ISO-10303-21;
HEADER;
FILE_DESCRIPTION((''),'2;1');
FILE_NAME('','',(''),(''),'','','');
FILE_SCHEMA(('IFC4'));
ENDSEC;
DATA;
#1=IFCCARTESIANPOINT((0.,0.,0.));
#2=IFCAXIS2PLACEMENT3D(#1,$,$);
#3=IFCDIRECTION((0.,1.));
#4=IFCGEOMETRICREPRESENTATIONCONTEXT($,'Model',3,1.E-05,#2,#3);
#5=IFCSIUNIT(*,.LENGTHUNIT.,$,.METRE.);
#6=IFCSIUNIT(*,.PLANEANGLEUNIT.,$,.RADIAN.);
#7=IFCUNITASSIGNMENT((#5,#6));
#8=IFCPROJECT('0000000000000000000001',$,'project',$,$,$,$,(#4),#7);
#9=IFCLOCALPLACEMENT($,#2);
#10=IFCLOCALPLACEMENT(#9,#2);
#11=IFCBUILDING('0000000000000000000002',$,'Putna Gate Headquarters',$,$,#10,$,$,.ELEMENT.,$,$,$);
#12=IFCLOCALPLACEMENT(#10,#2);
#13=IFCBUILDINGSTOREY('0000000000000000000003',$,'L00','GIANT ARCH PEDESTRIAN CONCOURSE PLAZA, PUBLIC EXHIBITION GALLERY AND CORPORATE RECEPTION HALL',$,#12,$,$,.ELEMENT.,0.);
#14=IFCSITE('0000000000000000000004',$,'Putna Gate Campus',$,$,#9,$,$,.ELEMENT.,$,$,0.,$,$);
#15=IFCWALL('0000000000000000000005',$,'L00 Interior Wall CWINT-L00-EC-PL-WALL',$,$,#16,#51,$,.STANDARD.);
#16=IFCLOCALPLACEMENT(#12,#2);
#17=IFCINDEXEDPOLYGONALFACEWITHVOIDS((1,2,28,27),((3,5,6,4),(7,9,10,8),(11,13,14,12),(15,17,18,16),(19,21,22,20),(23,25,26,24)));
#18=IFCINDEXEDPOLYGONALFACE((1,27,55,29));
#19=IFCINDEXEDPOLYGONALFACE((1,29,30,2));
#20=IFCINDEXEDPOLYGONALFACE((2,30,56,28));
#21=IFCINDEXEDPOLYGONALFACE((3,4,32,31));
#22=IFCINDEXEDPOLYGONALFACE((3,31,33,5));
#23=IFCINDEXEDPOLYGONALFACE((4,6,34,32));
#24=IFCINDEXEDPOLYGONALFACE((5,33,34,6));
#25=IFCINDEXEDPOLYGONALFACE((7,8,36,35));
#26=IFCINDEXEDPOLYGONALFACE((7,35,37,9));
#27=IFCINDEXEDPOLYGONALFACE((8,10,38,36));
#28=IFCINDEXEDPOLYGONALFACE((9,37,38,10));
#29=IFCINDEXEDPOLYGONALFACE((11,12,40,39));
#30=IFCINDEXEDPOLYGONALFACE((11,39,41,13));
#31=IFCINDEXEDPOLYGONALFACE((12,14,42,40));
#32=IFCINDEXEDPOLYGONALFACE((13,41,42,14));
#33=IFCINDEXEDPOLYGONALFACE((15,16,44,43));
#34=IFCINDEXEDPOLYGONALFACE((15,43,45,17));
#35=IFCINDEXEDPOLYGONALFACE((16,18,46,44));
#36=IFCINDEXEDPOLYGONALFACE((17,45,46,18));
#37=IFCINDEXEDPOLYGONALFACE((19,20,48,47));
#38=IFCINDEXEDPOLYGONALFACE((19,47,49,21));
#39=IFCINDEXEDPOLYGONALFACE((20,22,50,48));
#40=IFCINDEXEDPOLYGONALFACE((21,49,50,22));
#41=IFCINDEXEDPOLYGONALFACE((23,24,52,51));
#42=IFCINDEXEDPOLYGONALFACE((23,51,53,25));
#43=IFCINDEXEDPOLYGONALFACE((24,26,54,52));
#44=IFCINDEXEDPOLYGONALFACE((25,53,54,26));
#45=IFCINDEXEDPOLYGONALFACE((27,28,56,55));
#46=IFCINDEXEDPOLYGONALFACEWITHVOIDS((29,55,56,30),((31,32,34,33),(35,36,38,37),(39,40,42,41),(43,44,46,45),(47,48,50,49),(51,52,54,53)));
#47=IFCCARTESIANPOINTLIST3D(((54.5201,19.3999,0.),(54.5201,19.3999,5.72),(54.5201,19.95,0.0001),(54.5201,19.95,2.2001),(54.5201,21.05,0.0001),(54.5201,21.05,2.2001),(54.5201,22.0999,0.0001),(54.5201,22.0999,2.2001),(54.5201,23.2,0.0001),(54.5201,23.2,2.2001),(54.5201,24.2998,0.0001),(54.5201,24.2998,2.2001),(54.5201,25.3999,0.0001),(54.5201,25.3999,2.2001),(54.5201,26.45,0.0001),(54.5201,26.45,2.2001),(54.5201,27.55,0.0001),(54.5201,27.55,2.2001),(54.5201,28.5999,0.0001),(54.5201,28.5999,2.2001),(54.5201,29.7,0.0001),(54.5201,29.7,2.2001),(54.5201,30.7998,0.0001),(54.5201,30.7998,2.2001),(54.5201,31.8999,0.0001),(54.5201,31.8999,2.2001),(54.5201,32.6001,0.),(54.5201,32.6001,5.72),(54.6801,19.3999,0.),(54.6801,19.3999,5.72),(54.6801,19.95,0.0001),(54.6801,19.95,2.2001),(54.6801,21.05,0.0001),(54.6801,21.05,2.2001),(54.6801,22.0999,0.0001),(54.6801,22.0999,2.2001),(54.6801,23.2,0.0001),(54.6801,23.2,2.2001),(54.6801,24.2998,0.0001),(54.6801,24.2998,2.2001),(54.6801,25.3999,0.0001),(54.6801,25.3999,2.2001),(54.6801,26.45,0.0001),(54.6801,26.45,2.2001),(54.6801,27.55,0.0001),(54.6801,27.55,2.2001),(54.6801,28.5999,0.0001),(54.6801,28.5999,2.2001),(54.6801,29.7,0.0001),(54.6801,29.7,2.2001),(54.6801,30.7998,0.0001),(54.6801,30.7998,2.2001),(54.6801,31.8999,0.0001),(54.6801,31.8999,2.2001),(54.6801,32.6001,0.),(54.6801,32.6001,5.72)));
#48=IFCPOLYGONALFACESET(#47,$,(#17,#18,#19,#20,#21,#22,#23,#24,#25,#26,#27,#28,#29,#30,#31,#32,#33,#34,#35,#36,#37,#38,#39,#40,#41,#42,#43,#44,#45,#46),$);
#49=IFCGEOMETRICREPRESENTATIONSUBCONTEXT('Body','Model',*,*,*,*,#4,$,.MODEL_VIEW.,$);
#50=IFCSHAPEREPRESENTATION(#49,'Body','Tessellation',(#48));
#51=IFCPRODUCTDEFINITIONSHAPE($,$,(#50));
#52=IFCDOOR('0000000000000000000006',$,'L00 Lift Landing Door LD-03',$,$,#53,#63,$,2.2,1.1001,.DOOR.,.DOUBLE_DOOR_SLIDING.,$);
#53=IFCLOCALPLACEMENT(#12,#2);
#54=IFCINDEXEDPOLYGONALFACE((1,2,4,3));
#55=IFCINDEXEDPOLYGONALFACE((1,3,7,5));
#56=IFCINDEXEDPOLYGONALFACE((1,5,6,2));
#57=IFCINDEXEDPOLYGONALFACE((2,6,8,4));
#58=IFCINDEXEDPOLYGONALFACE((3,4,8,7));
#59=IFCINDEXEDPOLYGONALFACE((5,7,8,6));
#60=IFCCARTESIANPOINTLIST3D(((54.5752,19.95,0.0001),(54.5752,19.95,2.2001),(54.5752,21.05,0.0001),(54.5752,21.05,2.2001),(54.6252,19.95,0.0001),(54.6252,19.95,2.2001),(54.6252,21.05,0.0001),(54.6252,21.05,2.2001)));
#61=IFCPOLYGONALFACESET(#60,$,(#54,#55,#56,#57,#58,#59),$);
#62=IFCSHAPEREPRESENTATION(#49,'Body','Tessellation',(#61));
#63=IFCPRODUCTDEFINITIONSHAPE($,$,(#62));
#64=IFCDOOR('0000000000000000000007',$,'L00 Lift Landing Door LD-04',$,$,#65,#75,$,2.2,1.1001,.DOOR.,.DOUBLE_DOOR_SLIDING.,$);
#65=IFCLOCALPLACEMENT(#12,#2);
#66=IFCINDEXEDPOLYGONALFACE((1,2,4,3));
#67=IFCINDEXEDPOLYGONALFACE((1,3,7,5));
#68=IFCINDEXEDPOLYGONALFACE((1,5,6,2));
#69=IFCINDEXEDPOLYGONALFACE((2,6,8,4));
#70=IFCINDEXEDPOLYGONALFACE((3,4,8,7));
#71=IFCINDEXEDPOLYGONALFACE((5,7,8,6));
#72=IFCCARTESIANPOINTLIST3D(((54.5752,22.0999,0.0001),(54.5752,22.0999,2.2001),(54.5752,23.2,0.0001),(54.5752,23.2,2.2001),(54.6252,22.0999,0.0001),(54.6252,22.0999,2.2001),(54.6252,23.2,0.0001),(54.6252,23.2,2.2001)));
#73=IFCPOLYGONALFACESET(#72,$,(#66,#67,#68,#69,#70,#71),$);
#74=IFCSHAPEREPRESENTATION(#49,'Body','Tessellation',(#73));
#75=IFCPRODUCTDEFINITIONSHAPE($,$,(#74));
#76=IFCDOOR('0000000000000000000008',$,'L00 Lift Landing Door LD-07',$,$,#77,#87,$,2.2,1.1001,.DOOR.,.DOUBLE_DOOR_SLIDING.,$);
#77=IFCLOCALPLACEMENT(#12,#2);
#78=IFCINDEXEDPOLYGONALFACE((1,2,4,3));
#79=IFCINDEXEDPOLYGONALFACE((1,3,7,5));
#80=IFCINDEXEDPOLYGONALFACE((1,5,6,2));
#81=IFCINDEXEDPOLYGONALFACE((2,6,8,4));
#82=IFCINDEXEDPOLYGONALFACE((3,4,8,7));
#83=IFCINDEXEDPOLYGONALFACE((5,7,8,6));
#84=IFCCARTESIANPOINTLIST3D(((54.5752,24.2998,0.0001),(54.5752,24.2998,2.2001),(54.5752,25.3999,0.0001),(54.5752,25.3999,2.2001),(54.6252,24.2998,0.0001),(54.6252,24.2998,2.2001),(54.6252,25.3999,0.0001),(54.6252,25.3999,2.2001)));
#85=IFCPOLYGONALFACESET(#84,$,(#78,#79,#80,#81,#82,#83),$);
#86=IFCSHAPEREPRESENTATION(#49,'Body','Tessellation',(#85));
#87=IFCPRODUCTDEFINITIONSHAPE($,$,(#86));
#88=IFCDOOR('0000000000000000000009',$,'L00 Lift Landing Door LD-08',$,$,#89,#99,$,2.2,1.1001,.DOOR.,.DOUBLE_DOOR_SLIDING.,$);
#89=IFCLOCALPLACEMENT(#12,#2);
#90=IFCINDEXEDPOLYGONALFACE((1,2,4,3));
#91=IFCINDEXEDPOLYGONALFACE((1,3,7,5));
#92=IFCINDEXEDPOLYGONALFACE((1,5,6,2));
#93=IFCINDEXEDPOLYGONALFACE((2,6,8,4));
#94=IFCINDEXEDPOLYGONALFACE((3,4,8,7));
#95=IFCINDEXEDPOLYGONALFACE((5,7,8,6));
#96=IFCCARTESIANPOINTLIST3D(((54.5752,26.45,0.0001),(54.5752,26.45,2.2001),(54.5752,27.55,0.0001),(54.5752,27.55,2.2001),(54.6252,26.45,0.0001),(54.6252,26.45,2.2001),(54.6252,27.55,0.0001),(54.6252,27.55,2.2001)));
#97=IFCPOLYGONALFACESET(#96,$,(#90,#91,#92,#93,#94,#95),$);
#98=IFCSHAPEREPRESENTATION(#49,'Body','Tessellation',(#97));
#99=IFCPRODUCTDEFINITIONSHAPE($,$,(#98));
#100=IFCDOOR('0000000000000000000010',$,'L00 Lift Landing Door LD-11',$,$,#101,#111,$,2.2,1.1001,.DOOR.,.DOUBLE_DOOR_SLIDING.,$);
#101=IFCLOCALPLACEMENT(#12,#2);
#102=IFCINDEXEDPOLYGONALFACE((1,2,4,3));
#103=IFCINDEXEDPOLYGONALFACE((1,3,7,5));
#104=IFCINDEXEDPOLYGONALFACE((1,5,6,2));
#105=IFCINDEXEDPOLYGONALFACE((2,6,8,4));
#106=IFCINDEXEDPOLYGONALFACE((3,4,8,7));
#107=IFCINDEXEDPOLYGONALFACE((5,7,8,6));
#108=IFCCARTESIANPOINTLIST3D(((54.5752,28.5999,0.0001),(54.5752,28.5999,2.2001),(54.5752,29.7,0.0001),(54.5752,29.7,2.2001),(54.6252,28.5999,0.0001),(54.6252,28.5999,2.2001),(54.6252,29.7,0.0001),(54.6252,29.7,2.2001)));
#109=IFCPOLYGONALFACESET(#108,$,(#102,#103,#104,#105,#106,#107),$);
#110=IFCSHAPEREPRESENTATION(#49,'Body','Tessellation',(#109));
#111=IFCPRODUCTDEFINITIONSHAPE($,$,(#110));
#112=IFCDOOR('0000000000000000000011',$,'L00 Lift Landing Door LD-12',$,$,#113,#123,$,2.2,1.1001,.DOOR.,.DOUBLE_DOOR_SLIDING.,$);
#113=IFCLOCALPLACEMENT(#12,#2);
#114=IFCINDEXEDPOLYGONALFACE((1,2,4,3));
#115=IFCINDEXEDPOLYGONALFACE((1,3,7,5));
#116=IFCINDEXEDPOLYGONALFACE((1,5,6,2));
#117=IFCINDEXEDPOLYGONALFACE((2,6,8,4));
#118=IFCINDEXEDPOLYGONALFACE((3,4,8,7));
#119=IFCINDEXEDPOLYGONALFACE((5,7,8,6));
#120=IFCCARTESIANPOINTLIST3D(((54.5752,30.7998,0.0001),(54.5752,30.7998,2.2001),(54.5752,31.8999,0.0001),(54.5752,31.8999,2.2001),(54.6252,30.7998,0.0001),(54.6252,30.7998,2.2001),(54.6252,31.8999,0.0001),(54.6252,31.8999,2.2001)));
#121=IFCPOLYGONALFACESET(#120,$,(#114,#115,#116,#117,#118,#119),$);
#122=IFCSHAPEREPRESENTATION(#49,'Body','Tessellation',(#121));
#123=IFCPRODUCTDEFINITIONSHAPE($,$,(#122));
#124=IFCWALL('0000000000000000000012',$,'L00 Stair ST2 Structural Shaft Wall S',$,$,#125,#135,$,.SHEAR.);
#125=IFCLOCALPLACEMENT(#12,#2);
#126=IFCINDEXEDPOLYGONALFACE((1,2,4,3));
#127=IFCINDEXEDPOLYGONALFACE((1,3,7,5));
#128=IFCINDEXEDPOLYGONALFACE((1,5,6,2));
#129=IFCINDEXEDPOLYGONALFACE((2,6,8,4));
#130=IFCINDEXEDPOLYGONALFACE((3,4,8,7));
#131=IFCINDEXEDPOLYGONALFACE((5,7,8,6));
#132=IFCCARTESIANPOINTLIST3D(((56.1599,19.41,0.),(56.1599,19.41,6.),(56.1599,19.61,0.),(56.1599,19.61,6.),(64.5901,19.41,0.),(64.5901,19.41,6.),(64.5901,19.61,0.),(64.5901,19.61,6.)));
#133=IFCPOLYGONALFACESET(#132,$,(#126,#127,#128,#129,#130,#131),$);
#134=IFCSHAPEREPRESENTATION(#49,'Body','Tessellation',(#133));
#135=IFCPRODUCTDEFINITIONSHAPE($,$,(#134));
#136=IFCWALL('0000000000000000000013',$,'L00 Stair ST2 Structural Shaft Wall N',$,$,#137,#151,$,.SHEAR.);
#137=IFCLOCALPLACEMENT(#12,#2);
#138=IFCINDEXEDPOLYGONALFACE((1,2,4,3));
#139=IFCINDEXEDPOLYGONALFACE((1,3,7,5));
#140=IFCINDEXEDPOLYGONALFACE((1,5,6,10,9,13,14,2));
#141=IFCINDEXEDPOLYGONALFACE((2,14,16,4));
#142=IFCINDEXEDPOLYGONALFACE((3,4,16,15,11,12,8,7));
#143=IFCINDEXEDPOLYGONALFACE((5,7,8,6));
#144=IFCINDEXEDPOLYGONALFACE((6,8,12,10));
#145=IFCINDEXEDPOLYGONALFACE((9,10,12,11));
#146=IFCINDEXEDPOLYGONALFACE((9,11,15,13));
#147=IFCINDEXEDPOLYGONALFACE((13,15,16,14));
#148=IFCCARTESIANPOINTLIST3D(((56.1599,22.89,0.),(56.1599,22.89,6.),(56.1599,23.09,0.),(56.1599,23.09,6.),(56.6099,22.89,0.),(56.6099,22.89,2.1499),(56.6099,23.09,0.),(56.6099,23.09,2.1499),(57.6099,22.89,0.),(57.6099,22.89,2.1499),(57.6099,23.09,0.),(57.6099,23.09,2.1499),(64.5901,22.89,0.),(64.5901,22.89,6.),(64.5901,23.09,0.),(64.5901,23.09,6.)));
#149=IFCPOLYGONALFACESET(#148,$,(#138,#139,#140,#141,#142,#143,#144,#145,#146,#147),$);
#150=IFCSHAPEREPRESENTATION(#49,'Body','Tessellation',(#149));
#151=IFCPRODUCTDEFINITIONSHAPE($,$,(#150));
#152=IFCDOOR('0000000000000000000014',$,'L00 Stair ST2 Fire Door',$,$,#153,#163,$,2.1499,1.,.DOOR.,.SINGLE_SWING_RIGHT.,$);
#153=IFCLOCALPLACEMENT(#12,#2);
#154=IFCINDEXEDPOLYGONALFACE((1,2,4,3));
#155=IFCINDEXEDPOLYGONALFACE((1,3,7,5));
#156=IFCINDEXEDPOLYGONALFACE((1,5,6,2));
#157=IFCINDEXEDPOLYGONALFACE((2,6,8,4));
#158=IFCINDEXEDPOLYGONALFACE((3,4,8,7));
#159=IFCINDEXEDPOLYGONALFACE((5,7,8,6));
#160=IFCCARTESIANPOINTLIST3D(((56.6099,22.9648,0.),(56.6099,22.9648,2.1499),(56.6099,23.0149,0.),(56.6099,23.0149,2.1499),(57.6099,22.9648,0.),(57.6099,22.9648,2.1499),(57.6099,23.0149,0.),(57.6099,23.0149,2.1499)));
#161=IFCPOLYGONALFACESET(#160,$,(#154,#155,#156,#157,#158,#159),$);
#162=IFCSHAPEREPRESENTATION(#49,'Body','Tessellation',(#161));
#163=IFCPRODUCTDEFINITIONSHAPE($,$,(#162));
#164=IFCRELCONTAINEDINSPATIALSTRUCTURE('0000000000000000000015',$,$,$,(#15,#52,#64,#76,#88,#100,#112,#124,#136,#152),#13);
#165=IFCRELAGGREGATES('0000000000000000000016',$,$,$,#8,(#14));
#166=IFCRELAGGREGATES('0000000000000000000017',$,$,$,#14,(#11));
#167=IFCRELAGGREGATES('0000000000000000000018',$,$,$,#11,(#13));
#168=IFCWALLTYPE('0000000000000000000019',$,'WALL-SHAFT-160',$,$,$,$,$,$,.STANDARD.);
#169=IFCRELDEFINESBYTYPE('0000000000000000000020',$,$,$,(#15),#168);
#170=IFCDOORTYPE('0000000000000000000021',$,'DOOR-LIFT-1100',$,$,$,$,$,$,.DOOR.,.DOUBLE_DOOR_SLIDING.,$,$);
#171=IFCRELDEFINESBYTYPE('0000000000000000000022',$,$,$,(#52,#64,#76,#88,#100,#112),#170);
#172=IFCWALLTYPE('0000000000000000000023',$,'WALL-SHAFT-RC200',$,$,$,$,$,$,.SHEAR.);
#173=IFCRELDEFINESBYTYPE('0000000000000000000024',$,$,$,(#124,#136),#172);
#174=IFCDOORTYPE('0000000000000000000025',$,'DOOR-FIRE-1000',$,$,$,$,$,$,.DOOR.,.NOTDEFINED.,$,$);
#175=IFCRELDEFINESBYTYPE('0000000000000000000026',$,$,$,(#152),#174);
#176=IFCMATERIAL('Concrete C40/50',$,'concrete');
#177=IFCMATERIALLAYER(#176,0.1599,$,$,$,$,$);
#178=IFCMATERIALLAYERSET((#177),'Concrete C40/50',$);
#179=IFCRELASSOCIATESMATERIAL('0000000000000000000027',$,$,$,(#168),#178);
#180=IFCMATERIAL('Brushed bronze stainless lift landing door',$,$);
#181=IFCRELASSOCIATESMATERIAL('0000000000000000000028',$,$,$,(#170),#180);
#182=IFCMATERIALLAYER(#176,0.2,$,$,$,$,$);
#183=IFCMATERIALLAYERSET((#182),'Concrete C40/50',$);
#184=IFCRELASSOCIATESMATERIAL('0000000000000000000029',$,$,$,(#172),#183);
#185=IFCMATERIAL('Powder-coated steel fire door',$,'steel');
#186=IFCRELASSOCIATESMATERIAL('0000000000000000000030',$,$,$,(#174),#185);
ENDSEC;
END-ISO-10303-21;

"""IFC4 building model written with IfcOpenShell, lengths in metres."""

from ifc_helpers import new_model, si_unit, direction, frame, frame_2d, origin, place, context, subcontext, project, spatial, rectangle, extrude, material, layer, layer_set, type_object, element, fill, save


model = new_model("IFC4")

# Units and contexts
model_context = context("Model", 3, precision=1e-05, world=origin(), true_north=direction((0.0, 1.0)))
body_context = subcontext(model_context, "Body", "Model", "MODEL_VIEW")
ifc_project = project(units=[si_unit("LENGTHUNIT", "METRE"), si_unit("PLANEANGLEUNIT", "RADIAN")], contexts=[model_context])

# Site, building, storey
site_placement = place(None, origin())
site = spatial("IfcSite", under=ifc_project, at=site_placement, Name="Putna Gate Campus", CompositionType="ELEMENT", RefElevation=0.0)
building_placement = place(site_placement, origin())
building = spatial("IfcBuilding", under=site, at=building_placement, Name="Putna Gate Headquarters", CompositionType="ELEMENT")
storey_placement = place(building_placement, origin())
storey = spatial("IfcBuildingStorey", under=building, at=storey_placement, Name="L00", Description="GIANT ARCH PEDESTRIAN CONCOURSE PLAZA, PUBLIC EXHIBITION GALLERY AND CORPORATE RECEPTION HALL", CompositionType="ELEMENT", Elevation=0.0)

# Wall, openings, doors
ifc_material_1 = material(Name="Concrete C40/50", Category="concrete")
ifc_layer_1 = layer(ifc_material_1, 0.1599)
ifc_layer_set_1 = layer_set([ifc_layer_1], Name="Concrete C40/50")
wall_type_1 = type_object("IfcWallType", Name="WALL-SHAFT-160", PredefinedType="STANDARD", material=ifc_layer_set_1)
wall_1_placement = place(storey_placement, frame((54.6001, 19.3999, 0.0), z_axis=(0.0, 0.0, 1.0), x_axis=(0.0, 1.0, 0.0)))
wall_1 = element("IfcWall", 1, at=wall_1_placement, inside=storey, type_object=wall_type_1, Name="L00 Interior Wall CWINT-L00-EC-PL-WALL", PredefinedType="STANDARD", context=body_context, shape_type="SweptSolid", body=[
    extrude(rectangle(XDim=13.2002, YDim=0.1599, at=frame_2d((6.6001, 0.0))), origin(), (0.0, 0.0, 1.0), 5.72),
])
opening_1_placement = place(wall_1_placement, frame((0.55, 0.0, 0.0)))
opening_1 = element("IfcOpeningElement", 2, at=opening_1_placement, cuts=wall_1, PredefinedType="OPENING", context=body_context, shape_type="SweptSolid", body=[
    extrude(rectangle(XDim=1.1001, YDim=2.2, at=frame_2d((0.55, 1.1001))), frame((0.0, 0.0898, 0.0), z_axis=(0.0, -1.0, 0.0), x_axis=(1.0, 0.0, 0.0)), (0.0, 0.0, 1.0), 0.1799),
])
opening_2_placement = place(wall_1_placement, frame((2.7, 0.0, 0.0)))
opening_2 = element("IfcOpeningElement", 3, at=opening_2_placement, cuts=wall_1, PredefinedType="OPENING", context=body_context, shape_type="SweptSolid", body=[
    extrude(rectangle(XDim=1.1001, YDim=2.2, at=frame_2d((0.55, 1.1001))), frame((0.0, 0.0898, 0.0), z_axis=(0.0, -1.0, 0.0), x_axis=(1.0, 0.0, 0.0)), (0.0, 0.0, 1.0), 0.1799),
])
opening_3_placement = place(wall_1_placement, frame((4.8999, 0.0, 0.0)))
opening_3 = element("IfcOpeningElement", 4, at=opening_3_placement, cuts=wall_1, PredefinedType="OPENING", context=body_context, shape_type="SweptSolid", body=[
    extrude(rectangle(XDim=1.1001, YDim=2.2, at=frame_2d((0.55, 1.1001))), frame((0.0, 0.0898, 0.0), z_axis=(0.0, -1.0, 0.0), x_axis=(1.0, 0.0, 0.0)), (0.0, 0.0, 1.0), 0.1799),
])
opening_4_placement = place(wall_1_placement, frame((7.05, 0.0, 0.0)))
opening_4 = element("IfcOpeningElement", 5, at=opening_4_placement, cuts=wall_1, PredefinedType="OPENING", context=body_context, shape_type="SweptSolid", body=[
    extrude(rectangle(XDim=1.1001, YDim=2.2, at=frame_2d((0.55, 1.1001))), frame((0.0, 0.0898, 0.0), z_axis=(0.0, -1.0, 0.0), x_axis=(1.0, 0.0, 0.0)), (0.0, 0.0, 1.0), 0.1799),
])
opening_5_placement = place(wall_1_placement, frame((9.2, 0.0, 0.0)))
opening_5 = element("IfcOpeningElement", 6, at=opening_5_placement, cuts=wall_1, PredefinedType="OPENING", context=body_context, shape_type="SweptSolid", body=[
    extrude(rectangle(XDim=1.1001, YDim=2.2, at=frame_2d((0.55, 1.1001))), frame((0.0, 0.0898, 0.0), z_axis=(0.0, -1.0, 0.0), x_axis=(1.0, 0.0, 0.0)), (0.0, 0.0, 1.0), 0.1799),
])
opening_6_placement = place(wall_1_placement, frame((11.3999, 0.0, 0.0)))
opening_6 = element("IfcOpeningElement", 7, at=opening_6_placement, cuts=wall_1, PredefinedType="OPENING", context=body_context, shape_type="SweptSolid", body=[
    extrude(rectangle(XDim=1.1001, YDim=2.2, at=frame_2d((0.55, 1.1001))), frame((0.0, 0.0898, 0.0), z_axis=(0.0, -1.0, 0.0), x_axis=(1.0, 0.0, 0.0)), (0.0, 0.0, 1.0), 0.1799),
])
ifc_material_2 = material(Name="Brushed bronze stainless lift landing door")
door_type_1 = type_object("IfcDoorType", Name="DOOR-LIFT-1100", OperationType="DOUBLE_DOOR_SLIDING", PredefinedType="DOOR", material=ifc_material_2)
door_1_placement = place(opening_1_placement, origin())
door_1 = element("IfcDoor", 8, at=door_1_placement, inside=storey, type_object=door_type_1, Name="L00 Lift Landing Door LD-03", OperationType="DOUBLE_DOOR_SLIDING", OverallHeight=2.2, OverallWidth=1.1001, PredefinedType="DOOR", context=body_context, shape_type="SweptSolid", body=[
    extrude(rectangle(XDim=1.1001, YDim=2.2, at=frame_2d((0.55, 1.1001))), frame((0.0, 0.0249, 0.0), z_axis=(0.0, -1.0, 0.0), x_axis=(1.0, 0.0, 0.0)), (0.0, 0.0, 1.0), 0.05),
])
fill(opening_1, door_1)
door_2_placement = place(opening_2_placement, origin())
door_2 = element("IfcDoor", 9, at=door_2_placement, inside=storey, type_object=door_type_1, Name="L00 Lift Landing Door LD-04", OperationType="DOUBLE_DOOR_SLIDING", OverallHeight=2.2, OverallWidth=1.1001, PredefinedType="DOOR", context=body_context, shape_type="SweptSolid", body=[
    extrude(rectangle(XDim=1.1001, YDim=2.2, at=frame_2d((0.55, 1.1001))), frame((0.0, 0.0249, 0.0), z_axis=(0.0, -1.0, 0.0), x_axis=(1.0, 0.0, 0.0)), (0.0, 0.0, 1.0), 0.05),
])
fill(opening_2, door_2)
door_3_placement = place(opening_3_placement, origin())
door_3 = element("IfcDoor", 10, at=door_3_placement, inside=storey, type_object=door_type_1, Name="L00 Lift Landing Door LD-07", OperationType="DOUBLE_DOOR_SLIDING", OverallHeight=2.2, OverallWidth=1.1001, PredefinedType="DOOR", context=body_context, shape_type="SweptSolid", body=[
    extrude(rectangle(XDim=1.1001, YDim=2.2, at=frame_2d((0.55, 1.1001))), frame((0.0, 0.0249, 0.0), z_axis=(0.0, -1.0, 0.0), x_axis=(1.0, 0.0, 0.0)), (0.0, 0.0, 1.0), 0.05),
])
fill(opening_3, door_3)
door_4_placement = place(opening_4_placement, origin())
door_4 = element("IfcDoor", 11, at=door_4_placement, inside=storey, type_object=door_type_1, Name="L00 Lift Landing Door LD-08", OperationType="DOUBLE_DOOR_SLIDING", OverallHeight=2.2, OverallWidth=1.1001, PredefinedType="DOOR", context=body_context, shape_type="SweptSolid", body=[
    extrude(rectangle(XDim=1.1001, YDim=2.2, at=frame_2d((0.55, 1.1001))), frame((0.0, 0.0249, 0.0), z_axis=(0.0, -1.0, 0.0), x_axis=(1.0, 0.0, 0.0)), (0.0, 0.0, 1.0), 0.05),
])
fill(opening_4, door_4)
door_5_placement = place(opening_5_placement, origin())
door_5 = element("IfcDoor", 12, at=door_5_placement, inside=storey, type_object=door_type_1, Name="L00 Lift Landing Door LD-11", OperationType="DOUBLE_DOOR_SLIDING", OverallHeight=2.2, OverallWidth=1.1001, PredefinedType="DOOR", context=body_context, shape_type="SweptSolid", body=[
    extrude(rectangle(XDim=1.1001, YDim=2.2, at=frame_2d((0.55, 1.1001))), frame((0.0, 0.0249, 0.0), z_axis=(0.0, -1.0, 0.0), x_axis=(1.0, 0.0, 0.0)), (0.0, 0.0, 1.0), 0.05),
])
fill(opening_5, door_5)
door_6_placement = place(opening_6_placement, origin())
door_6 = element("IfcDoor", 13, at=door_6_placement, inside=storey, type_object=door_type_1, Name="L00 Lift Landing Door LD-12", OperationType="DOUBLE_DOOR_SLIDING", OverallHeight=2.2, OverallWidth=1.1001, PredefinedType="DOOR", context=body_context, shape_type="SweptSolid", body=[
    extrude(rectangle(XDim=1.1001, YDim=2.2, at=frame_2d((0.55, 1.1001))), frame((0.0, 0.0249, 0.0), z_axis=(0.0, -1.0, 0.0), x_axis=(1.0, 0.0, 0.0)), (0.0, 0.0, 1.0), 0.05),
])
fill(opening_6, door_6)

# Wall
ifc_layer_2 = layer(ifc_material_1, 0.2)
ifc_layer_set_2 = layer_set([ifc_layer_2], Name="Concrete C40/50")
wall_type_2 = type_object("IfcWallType", Name="WALL-SHAFT-RC200", PredefinedType="SHEAR", material=ifc_layer_set_2)
wall_2_placement = place(storey_placement, frame((56.1599, 19.51, 0.0), z_axis=(0.0, 0.0, 1.0), x_axis=(1.0, 0.0, 0.0)))
element("IfcWall", 14, at=wall_2_placement, inside=storey, type_object=wall_type_2, Name="L00 Stair ST2 Structural Shaft Wall S", PredefinedType="SHEAR", context=body_context, shape_type="SweptSolid", body=[
    extrude(rectangle(XDim=8.4302, YDim=0.2, at=frame_2d((4.2151, 0.0))), origin(), (0.0, 0.0, 1.0), 6.0),
])

# Wall, opening, door
wall_3_placement = place(storey_placement, frame((56.1599, 22.99, 0.0), z_axis=(0.0, 0.0, 1.0), x_axis=(1.0, 0.0, 0.0)))
wall_3 = element("IfcWall", 15, at=wall_3_placement, inside=storey, type_object=wall_type_2, Name="L00 Stair ST2 Structural Shaft Wall N", PredefinedType="SHEAR", context=body_context, shape_type="SweptSolid", body=[
    extrude(rectangle(XDim=8.4302, YDim=0.2, at=frame_2d((4.2151, 0.0))), origin(), (0.0, 0.0, 1.0), 6.0),
])
opening_7_placement = place(wall_3_placement, frame((0.45, 0.0, 0.0)))
opening_7 = element("IfcOpeningElement", 16, at=opening_7_placement, cuts=wall_3, PredefinedType="OPENING", context=body_context, shape_type="SweptSolid", body=[
    extrude(rectangle(XDim=1.0, YDim=2.1499, at=frame_2d((0.5, 1.075))), frame((0.0, 0.1099, 0.0), z_axis=(0.0, -1.0, 0.0), x_axis=(1.0, 0.0, 0.0)), (0.0, 0.0, 1.0), 0.22),
])
ifc_material_3 = material(Name="Powder-coated steel fire door", Category="steel")
door_type_2 = type_object("IfcDoorType", Name="DOOR-FIRE-1000", OperationType="NOTDEFINED", PredefinedType="DOOR", material=ifc_material_3)
door_7_placement = place(opening_7_placement, origin())
door_7 = element("IfcDoor", 17, at=door_7_placement, inside=storey, type_object=door_type_2, Name="L00 Stair ST2 Fire Door", OperationType="SINGLE_SWING_RIGHT", OverallHeight=2.1499, OverallWidth=1.0, PredefinedType="DOOR", context=body_context, shape_type="SweptSolid", body=[
    extrude(rectangle(XDim=1.0, YDim=2.1499, at=frame_2d((0.5, 1.075))), frame((0.0, 0.0249, 0.0), z_axis=(0.0, -1.0, 0.0), x_axis=(1.0, 0.0, 0.0)), (0.0, 0.0, 1.0), 0.05),
])
fill(opening_7, door_7)

save(model, "model.ifc")
